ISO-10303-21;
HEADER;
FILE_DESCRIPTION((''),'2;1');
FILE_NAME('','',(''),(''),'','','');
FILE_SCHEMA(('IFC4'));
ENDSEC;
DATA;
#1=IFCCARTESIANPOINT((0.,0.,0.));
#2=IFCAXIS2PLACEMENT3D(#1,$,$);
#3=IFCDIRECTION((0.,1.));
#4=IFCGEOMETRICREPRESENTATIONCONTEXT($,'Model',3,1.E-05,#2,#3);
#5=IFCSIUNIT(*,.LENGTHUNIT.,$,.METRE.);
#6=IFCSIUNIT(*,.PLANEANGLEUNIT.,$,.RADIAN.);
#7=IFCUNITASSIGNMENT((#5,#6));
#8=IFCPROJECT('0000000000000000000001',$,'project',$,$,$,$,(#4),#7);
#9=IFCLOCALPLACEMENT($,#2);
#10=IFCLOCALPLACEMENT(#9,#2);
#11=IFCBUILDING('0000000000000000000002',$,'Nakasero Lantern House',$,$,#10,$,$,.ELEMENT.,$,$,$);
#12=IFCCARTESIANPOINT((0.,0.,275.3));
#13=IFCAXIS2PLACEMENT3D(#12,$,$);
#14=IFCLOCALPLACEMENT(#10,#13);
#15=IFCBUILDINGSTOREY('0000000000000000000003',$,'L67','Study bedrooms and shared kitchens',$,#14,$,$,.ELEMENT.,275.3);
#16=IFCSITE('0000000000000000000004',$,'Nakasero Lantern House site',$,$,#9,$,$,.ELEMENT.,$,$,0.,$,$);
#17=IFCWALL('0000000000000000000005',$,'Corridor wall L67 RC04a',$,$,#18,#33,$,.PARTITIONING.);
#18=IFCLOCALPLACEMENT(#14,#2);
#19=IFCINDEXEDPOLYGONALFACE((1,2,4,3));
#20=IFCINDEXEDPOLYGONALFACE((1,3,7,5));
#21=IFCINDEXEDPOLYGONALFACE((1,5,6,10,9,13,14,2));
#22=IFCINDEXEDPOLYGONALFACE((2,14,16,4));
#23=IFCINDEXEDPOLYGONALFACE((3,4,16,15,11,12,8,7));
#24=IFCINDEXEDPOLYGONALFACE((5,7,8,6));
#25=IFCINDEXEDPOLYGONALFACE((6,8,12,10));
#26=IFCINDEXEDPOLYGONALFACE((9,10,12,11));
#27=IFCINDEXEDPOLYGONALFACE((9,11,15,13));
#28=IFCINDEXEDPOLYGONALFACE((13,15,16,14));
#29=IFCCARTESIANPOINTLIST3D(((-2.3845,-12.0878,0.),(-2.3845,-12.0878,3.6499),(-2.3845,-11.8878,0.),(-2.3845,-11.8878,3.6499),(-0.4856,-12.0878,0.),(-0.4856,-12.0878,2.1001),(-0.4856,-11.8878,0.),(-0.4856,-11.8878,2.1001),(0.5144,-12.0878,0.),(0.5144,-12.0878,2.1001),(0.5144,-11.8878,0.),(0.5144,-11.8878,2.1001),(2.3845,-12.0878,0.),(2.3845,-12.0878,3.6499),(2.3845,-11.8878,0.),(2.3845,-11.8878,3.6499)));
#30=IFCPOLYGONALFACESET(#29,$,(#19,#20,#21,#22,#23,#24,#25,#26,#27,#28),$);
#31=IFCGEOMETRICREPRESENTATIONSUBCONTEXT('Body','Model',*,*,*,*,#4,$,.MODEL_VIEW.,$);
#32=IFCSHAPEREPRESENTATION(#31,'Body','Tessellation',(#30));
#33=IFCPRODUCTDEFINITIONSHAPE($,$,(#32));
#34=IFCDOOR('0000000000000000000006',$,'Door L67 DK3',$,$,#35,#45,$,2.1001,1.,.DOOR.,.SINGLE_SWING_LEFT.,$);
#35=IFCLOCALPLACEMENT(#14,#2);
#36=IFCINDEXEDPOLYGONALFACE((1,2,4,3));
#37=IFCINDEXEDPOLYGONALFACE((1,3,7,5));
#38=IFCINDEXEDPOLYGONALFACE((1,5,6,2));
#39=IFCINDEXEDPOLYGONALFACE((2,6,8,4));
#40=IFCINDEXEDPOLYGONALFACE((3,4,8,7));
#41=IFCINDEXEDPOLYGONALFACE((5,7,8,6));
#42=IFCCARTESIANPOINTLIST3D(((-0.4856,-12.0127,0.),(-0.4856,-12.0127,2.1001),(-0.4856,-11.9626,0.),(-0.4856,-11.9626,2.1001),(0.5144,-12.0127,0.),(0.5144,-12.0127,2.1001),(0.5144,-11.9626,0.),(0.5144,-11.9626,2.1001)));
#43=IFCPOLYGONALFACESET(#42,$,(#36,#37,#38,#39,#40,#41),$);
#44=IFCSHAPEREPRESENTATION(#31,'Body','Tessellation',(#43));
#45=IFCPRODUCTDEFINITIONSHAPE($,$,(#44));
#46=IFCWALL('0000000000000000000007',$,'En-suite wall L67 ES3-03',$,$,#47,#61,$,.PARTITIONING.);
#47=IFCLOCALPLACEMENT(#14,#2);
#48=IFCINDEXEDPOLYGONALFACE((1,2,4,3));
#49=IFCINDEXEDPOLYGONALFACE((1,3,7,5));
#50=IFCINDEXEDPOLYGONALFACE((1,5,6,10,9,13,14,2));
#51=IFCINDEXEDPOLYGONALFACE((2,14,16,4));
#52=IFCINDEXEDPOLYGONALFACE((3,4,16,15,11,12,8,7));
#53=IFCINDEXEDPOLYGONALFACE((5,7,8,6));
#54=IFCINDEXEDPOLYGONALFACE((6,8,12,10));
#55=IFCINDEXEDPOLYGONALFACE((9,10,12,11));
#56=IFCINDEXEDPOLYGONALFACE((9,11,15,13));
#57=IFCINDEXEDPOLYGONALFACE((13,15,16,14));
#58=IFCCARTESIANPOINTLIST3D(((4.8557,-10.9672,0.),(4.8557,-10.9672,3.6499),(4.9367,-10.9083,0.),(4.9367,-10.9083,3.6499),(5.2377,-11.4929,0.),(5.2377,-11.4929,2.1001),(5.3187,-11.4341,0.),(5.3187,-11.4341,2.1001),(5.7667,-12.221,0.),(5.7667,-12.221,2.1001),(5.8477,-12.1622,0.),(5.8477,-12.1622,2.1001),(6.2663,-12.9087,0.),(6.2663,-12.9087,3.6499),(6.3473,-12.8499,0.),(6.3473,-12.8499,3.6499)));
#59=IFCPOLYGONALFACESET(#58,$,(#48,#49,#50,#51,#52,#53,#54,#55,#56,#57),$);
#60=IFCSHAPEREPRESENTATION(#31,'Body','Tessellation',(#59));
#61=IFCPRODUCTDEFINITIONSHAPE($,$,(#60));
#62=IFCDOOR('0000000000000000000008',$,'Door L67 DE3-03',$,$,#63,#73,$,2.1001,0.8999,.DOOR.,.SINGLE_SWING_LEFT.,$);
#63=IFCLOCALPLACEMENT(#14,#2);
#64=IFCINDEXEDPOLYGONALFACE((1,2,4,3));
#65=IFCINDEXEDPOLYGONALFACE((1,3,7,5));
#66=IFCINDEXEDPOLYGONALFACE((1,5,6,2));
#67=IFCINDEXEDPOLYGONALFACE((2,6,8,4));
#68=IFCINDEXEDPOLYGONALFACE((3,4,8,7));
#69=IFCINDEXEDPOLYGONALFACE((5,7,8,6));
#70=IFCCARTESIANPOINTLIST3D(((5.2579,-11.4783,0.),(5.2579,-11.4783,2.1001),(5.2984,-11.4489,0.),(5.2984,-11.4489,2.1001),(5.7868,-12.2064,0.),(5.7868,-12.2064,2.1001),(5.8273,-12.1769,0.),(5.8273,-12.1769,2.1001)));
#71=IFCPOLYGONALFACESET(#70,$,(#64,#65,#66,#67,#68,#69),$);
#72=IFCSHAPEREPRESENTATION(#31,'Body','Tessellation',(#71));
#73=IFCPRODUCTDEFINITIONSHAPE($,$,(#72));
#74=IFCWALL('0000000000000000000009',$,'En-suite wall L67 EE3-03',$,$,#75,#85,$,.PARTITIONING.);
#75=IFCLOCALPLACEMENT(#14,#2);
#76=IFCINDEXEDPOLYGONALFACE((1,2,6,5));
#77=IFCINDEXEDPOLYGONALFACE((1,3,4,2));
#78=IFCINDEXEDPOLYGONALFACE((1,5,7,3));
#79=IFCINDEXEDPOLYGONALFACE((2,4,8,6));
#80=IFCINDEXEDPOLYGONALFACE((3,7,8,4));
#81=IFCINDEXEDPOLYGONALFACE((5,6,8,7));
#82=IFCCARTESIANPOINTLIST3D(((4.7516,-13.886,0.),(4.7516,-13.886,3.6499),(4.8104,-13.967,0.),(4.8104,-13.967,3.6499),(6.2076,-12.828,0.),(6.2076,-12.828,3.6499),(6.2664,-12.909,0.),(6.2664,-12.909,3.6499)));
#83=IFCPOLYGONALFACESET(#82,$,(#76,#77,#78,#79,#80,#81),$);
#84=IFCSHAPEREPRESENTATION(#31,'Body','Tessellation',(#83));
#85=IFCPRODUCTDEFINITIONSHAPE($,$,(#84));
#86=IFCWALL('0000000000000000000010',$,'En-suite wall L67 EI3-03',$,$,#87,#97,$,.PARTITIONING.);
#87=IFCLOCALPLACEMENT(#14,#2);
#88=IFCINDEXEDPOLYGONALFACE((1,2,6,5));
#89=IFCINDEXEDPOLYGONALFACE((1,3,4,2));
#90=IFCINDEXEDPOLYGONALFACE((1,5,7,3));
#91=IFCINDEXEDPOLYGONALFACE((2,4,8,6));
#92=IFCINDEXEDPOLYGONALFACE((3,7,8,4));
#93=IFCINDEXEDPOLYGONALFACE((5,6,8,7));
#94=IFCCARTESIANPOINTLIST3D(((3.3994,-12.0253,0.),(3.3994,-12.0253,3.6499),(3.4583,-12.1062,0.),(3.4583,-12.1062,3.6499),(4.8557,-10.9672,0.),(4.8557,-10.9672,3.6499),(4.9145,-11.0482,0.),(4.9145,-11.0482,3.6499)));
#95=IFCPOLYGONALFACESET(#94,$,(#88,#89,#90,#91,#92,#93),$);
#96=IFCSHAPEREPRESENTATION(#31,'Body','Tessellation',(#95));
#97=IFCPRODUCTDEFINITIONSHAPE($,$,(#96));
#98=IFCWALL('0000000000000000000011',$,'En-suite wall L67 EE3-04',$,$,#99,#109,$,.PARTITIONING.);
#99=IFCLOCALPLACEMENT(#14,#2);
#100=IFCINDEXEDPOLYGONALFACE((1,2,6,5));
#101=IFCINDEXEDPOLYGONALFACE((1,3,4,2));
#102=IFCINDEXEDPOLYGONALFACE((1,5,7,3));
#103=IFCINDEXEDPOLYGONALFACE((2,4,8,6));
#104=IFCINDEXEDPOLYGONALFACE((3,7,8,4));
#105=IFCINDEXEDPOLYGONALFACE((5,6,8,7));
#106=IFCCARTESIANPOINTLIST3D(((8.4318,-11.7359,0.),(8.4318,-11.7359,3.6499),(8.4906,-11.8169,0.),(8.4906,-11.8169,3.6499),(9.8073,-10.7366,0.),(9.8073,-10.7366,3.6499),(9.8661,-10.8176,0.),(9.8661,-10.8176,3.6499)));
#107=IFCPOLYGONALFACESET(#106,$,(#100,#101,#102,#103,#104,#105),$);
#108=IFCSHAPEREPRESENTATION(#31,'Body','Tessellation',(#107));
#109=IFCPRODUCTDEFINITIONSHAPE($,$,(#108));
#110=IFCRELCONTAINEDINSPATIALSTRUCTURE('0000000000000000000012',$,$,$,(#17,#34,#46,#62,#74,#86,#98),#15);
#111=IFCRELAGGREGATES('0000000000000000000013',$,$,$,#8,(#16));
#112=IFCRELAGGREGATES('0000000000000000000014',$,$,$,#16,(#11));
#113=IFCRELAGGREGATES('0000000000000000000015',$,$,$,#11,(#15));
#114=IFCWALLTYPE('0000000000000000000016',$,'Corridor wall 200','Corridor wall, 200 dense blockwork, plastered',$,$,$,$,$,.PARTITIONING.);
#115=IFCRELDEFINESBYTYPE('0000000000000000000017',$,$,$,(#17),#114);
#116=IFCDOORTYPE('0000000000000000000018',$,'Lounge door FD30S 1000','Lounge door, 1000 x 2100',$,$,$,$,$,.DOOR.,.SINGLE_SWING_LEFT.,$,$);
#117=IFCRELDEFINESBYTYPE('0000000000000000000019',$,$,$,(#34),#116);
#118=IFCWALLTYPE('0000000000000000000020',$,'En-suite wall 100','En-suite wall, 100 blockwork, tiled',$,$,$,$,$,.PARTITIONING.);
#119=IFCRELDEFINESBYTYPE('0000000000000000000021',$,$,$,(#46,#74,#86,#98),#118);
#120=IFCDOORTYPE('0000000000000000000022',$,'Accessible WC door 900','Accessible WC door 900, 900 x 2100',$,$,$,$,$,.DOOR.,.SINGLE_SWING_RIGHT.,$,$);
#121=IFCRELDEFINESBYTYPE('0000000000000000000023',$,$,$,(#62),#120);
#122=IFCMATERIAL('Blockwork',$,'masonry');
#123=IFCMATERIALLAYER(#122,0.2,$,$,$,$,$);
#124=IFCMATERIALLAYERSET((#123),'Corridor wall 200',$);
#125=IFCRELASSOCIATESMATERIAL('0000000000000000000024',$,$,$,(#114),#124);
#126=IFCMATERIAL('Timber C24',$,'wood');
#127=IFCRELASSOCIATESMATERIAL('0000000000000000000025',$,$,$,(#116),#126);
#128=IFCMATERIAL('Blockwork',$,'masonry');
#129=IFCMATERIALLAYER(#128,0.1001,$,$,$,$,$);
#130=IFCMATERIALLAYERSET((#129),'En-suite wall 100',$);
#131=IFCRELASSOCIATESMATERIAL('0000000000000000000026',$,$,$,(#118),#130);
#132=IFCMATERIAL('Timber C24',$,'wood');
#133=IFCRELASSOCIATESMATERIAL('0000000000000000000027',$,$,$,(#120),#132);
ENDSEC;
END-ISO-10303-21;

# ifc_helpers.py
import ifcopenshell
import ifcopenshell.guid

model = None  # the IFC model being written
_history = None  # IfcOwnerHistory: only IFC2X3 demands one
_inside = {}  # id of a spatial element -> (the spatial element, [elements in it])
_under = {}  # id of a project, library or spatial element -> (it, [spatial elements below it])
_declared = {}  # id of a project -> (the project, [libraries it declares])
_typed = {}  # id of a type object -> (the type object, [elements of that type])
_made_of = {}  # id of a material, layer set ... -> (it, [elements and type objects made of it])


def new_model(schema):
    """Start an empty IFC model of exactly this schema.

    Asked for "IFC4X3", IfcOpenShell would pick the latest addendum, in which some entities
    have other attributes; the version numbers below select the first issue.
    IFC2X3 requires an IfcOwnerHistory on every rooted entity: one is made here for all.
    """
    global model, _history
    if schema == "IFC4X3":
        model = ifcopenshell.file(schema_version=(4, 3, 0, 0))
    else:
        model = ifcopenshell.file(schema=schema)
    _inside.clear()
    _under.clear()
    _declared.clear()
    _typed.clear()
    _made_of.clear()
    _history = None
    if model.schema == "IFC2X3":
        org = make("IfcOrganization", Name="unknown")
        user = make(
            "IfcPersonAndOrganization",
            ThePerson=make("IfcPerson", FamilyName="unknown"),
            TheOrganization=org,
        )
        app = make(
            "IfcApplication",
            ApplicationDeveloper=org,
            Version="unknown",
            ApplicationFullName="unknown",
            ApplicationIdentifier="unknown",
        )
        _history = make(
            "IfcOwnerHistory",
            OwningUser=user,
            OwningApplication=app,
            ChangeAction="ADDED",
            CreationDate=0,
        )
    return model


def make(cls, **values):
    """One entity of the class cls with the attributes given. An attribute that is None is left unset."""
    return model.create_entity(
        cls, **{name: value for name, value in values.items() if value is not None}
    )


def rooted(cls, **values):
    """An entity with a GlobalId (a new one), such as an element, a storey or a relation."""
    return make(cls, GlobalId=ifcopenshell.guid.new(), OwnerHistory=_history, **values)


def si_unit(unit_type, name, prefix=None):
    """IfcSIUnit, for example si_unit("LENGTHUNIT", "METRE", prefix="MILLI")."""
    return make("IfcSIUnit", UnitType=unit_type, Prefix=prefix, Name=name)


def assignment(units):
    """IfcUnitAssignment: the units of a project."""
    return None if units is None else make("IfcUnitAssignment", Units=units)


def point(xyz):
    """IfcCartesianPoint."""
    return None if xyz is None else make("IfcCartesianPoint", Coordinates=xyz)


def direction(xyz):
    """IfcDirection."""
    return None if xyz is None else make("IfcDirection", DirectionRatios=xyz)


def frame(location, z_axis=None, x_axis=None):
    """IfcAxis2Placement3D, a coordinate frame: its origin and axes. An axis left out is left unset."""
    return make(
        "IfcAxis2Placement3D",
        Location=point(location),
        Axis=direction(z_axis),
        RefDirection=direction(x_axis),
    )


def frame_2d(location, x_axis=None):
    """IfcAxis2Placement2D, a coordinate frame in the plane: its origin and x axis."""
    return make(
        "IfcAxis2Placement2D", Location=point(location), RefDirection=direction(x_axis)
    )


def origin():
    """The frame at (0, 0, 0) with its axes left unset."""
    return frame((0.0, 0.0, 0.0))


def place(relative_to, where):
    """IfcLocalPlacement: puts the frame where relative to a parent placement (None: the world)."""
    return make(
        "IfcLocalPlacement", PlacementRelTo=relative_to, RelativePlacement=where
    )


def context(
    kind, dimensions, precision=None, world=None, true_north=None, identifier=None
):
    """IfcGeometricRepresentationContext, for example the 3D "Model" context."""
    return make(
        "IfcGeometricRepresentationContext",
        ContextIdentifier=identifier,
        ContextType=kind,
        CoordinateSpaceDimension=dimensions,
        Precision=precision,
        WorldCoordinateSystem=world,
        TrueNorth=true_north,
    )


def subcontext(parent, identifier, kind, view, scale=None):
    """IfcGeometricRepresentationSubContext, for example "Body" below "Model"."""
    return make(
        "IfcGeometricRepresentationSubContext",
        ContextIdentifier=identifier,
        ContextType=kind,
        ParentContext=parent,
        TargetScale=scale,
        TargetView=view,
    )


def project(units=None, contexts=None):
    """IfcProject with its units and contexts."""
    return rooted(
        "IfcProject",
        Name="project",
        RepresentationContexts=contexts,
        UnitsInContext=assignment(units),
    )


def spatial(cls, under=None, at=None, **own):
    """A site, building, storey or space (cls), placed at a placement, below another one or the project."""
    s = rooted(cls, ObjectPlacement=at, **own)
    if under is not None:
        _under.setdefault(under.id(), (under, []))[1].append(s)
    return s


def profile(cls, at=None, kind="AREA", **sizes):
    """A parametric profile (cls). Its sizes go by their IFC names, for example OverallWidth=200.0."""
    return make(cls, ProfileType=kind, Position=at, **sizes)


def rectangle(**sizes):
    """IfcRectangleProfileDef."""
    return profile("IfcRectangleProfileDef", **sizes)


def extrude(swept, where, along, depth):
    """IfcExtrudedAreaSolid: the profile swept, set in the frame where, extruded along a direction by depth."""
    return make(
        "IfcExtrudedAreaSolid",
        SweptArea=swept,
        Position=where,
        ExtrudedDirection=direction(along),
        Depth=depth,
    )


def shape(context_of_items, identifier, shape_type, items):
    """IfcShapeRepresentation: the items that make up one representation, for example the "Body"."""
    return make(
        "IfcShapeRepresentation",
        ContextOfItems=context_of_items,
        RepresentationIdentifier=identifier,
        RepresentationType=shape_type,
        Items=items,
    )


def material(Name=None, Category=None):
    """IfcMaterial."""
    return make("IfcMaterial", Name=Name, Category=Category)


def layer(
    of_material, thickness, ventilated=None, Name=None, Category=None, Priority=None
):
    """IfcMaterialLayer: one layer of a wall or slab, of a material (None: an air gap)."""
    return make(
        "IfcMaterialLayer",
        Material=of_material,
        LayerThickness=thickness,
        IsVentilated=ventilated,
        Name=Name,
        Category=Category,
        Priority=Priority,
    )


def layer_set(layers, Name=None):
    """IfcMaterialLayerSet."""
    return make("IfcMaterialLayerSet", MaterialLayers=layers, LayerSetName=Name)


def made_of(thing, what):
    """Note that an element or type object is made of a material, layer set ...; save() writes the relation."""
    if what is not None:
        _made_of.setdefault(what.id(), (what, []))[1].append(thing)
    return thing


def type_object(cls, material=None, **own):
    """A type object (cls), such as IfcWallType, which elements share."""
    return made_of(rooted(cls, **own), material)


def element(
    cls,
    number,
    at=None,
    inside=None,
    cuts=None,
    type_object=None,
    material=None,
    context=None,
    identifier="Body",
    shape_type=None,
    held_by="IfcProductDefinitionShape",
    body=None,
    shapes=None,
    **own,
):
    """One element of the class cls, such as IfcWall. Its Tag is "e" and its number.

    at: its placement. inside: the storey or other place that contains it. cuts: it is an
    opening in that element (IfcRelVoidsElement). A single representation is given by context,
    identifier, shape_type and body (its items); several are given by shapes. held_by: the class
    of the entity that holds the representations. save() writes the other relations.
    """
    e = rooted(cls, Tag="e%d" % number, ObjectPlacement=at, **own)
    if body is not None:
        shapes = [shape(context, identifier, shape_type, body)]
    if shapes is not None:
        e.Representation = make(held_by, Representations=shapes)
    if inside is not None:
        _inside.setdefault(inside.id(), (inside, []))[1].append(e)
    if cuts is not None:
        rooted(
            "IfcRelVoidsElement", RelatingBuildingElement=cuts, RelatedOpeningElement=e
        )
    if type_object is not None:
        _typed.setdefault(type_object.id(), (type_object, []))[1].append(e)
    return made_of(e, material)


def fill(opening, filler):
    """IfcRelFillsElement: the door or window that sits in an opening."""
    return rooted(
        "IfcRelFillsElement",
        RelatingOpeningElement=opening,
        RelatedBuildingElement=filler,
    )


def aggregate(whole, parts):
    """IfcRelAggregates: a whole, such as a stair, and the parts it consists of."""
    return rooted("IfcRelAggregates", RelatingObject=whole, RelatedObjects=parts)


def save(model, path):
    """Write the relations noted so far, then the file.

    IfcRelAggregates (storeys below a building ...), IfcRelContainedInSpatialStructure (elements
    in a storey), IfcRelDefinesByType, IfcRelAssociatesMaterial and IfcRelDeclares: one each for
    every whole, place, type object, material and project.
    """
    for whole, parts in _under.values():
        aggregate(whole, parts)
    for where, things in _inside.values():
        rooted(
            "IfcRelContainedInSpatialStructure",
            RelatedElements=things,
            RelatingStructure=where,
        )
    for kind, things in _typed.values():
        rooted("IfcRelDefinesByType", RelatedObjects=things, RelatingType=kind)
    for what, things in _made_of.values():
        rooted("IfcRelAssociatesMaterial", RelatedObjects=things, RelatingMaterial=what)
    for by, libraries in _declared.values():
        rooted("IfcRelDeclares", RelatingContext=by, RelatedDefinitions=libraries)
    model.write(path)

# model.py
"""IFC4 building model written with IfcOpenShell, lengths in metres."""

from ifc_helpers import new_model, si_unit, direction, frame, frame_2d, origin, place, context, subcontext, project, spatial, rectangle, extrude, material, layer, layer_set, type_object, element, fill, save


model = new_model("IFC4")

# Units and contexts
model_context = context("Model", 3, precision=1e-05, world=origin(), true_north=direction((0.0, 1.0)))
body_context = subcontext(model_context, "Body", "Model", "MODEL_VIEW")
ifc_project = project(units=[si_unit("LENGTHUNIT", "METRE"), si_unit("PLANEANGLEUNIT", "RADIAN")], contexts=[model_context])

# Site, building, storey
site_placement = place(None, origin())
site = spatial("IfcSite", under=ifc_project, at=site_placement, Name="Nakasero Lantern House site", CompositionType="ELEMENT", RefElevation=0.0)
building_placement = place(site_placement, origin())
building = spatial("IfcBuilding", under=site, at=building_placement, Name="Nakasero Lantern House", CompositionType="ELEMENT")
storey_placement = place(building_placement, frame((0.0, 0.0, 275.3)))
storey = spatial("IfcBuildingStorey", under=building, at=storey_placement, Name="L67", Description="Study bedrooms and shared kitchens", CompositionType="ELEMENT", Elevation=275.3)

# Walls, openings, doors
ifc_material_1 = material(Name="Blockwork", Category="masonry")
ifc_layer_1 = layer(ifc_material_1, 0.2)
ifc_layer_set_1 = layer_set([ifc_layer_1], Name="Corridor wall 200")
wall_type_1 = type_object("IfcWallType", Name="Corridor wall 200", Description="Corridor wall, 200 dense blockwork, plastered", PredefinedType="PARTITIONING", material=ifc_layer_set_1)
wall_1_placement = place(storey_placement, frame((2.3845, -11.9878, 0.0), z_axis=(0.0, 0.0, 1.0), x_axis=(-1.0, 0.0, 0.0)))
wall_1 = element("IfcWall", 1, at=wall_1_placement, inside=storey, type_object=wall_type_1, Name="Corridor wall L67 RC04a", PredefinedType="PARTITIONING", context=body_context, shape_type="SweptSolid", body=[
    extrude(rectangle(XDim=4.769, YDim=0.2, at=frame_2d((2.3845, 0.0))), origin(), (0.0, 0.0, 1.0), 3.6499),
])
opening_1_placement = place(wall_1_placement, frame((1.8701, 0.0, 0.0)))
opening_1 = element("IfcOpeningElement", 2, at=opening_1_placement, cuts=wall_1, PredefinedType="OPENING", context=body_context, shape_type="SweptSolid", body=[
    extrude(rectangle(XDim=1.0, YDim=2.1001, at=frame_2d((0.5, 1.05))), frame((0.0, 0.1199, 0.0), z_axis=(0.0, -1.0, 0.0), x_axis=(1.0, 0.0, 0.0)), (0.0, 0.0, 1.0), 0.24),
])
ifc_material_2 = material(Name="Timber C24", Category="wood")
door_type_1 = type_object("IfcDoorType", Name="Lounge door FD30S 1000", Description="Lounge door, 1000 x 2100", OperationType="SINGLE_SWING_LEFT", PredefinedType="DOOR", material=ifc_material_2)
door_1_placement = place(opening_1_placement, origin())
door_1 = element("IfcDoor", 3, at=door_1_placement, inside=storey, type_object=door_type_1, Name="Door L67 DK3", OperationType="SINGLE_SWING_LEFT", OverallHeight=2.1001, OverallWidth=1.0, PredefinedType="DOOR", context=body_context, shape_type="SweptSolid", body=[
    extrude(rectangle(XDim=1.0, YDim=2.1001, at=frame_2d((0.5, 1.05))), frame((0.0, 0.0249, 0.0), z_axis=(0.0, -1.0, 0.0), x_axis=(1.0, 0.0, 0.0)), (0.0, 0.0, 1.0), 0.05),
])
fill(opening_1, door_1)
ifc_material_3 = material(Name="Blockwork", Category="masonry")
ifc_layer_2 = layer(ifc_material_3, 0.1001)
ifc_layer_set_2 = layer_set([ifc_layer_2], Name="En-suite wall 100")
wall_type_2 = type_object("IfcWallType", Name="En-suite wall 100", Description="En-suite wall, 100 blockwork, tiled", PredefinedType="PARTITIONING", material=ifc_layer_set_2)
wall_2_placement = place(storey_placement, frame((4.8962, -10.9377, 0.0), z_axis=(0.0, 0.0, 1.0), x_axis=(0.587772, -0.809026, 0.0)))
wall_2 = element("IfcWall", 4, at=wall_2_placement, inside=storey, type_object=wall_type_2, Name="En-suite wall L67 ES3-03", PredefinedType="PARTITIONING", context=body_context, shape_type="SweptSolid", body=[
    extrude(rectangle(XDim=2.3999, YDim=0.1001, at=frame_2d((1.2, 0.0))), origin(), (0.0, 0.0, 1.0), 3.6499),
])
opening_2_placement = place(wall_2_placement, frame((0.6499, 0.0, 0.0)))
opening_2 = element("IfcOpeningElement", 5, at=opening_2_placement, cuts=wall_2, PredefinedType="OPENING", context=body_context, shape_type="SweptSolid", body=[
    extrude(rectangle(XDim=0.8999, YDim=2.1001, at=frame_2d((0.45, 1.05))), frame((0.0, 0.0701, 0.0), z_axis=(0.0, -1.0, 0.0), x_axis=(1.0, 0.0, 0.0)), (0.0, 0.0, 1.0), 0.1401),
])
ifc_material_4 = material(Name="Timber C24", Category="wood")
door_type_2 = type_object("IfcDoorType", Name="Accessible WC door 900", Description="Accessible WC door 900, 900 x 2100", OperationType="SINGLE_SWING_RIGHT", PredefinedType="DOOR", material=ifc_material_4)
door_2_placement = place(opening_2_placement, origin())
door_2 = element("IfcDoor", 6, at=door_2_placement, inside=storey, type_object=door_type_2, Name="Door L67 DE3-03", OperationType="SINGLE_SWING_LEFT", OverallHeight=2.1001, OverallWidth=0.8999, PredefinedType="DOOR", context=body_context, shape_type="SweptSolid", body=[
    extrude(rectangle(XDim=0.8999, YDim=2.1001, at=frame_2d((0.45, 1.05))), frame((0.0, 0.0249, 0.0), z_axis=(0.0, -1.0, 0.0), x_axis=(1.0, 0.0, 0.0)), (0.0, 0.0, 1.0), 0.05),
])
fill(opening_2, door_2)

# Walls
wall_3_placement = place(storey_placement, frame((4.781, -13.9265, 0.0), z_axis=(0.0, 0.0, 1.0), x_axis=(0.808959, 0.587865, 0.0)))
element("IfcWall", 7, at=wall_3_placement, inside=storey, type_object=wall_type_2, Name="En-suite wall L67 EE3-03", PredefinedType="PARTITIONING", context=body_context, shape_type="SweptSolid", body=[
    extrude(rectangle(XDim=1.7998, YDim=0.1001, at=frame_2d((0.8999, 0.0))), origin(), (0.0, 0.0, 1.0), 3.6499),
])
wall_4_placement = place(storey_placement, frame((3.429, -12.0657, 0.0), z_axis=(0.0, 0.0, 1.0), x_axis=(0.809006, 0.587801, 0.0)))
element("IfcWall", 8, at=wall_4_placement, inside=storey, type_object=wall_type_2, Name="En-suite wall L67 EI3-03", PredefinedType="PARTITIONING", context=body_context, shape_type="SweptSolid", body=[
    extrude(rectangle(XDim=1.8, YDim=0.1001, at=frame_2d((0.8999, 0.0))), origin(), (0.0, 0.0, 1.0), 3.6499),
])
wall_5_placement = place(storey_placement, frame((8.4612, -11.7764, 0.0), z_axis=(0.0, 0.0, 1.0), x_axis=(0.80904, 0.587753, 0.0)))
element("IfcWall", 9, at=wall_5_placement, inside=storey, type_object=wall_type_2, Name="En-suite wall L67 EE3-04", PredefinedType="PARTITIONING", context=body_context, shape_type="SweptSolid", body=[
    extrude(rectangle(XDim=1.7002, YDim=0.1001, at=frame_2d((0.8501, 0.0))), origin(), (0.0, 0.0, 1.0), 3.6499),
])

save(model, "model.ifc")
